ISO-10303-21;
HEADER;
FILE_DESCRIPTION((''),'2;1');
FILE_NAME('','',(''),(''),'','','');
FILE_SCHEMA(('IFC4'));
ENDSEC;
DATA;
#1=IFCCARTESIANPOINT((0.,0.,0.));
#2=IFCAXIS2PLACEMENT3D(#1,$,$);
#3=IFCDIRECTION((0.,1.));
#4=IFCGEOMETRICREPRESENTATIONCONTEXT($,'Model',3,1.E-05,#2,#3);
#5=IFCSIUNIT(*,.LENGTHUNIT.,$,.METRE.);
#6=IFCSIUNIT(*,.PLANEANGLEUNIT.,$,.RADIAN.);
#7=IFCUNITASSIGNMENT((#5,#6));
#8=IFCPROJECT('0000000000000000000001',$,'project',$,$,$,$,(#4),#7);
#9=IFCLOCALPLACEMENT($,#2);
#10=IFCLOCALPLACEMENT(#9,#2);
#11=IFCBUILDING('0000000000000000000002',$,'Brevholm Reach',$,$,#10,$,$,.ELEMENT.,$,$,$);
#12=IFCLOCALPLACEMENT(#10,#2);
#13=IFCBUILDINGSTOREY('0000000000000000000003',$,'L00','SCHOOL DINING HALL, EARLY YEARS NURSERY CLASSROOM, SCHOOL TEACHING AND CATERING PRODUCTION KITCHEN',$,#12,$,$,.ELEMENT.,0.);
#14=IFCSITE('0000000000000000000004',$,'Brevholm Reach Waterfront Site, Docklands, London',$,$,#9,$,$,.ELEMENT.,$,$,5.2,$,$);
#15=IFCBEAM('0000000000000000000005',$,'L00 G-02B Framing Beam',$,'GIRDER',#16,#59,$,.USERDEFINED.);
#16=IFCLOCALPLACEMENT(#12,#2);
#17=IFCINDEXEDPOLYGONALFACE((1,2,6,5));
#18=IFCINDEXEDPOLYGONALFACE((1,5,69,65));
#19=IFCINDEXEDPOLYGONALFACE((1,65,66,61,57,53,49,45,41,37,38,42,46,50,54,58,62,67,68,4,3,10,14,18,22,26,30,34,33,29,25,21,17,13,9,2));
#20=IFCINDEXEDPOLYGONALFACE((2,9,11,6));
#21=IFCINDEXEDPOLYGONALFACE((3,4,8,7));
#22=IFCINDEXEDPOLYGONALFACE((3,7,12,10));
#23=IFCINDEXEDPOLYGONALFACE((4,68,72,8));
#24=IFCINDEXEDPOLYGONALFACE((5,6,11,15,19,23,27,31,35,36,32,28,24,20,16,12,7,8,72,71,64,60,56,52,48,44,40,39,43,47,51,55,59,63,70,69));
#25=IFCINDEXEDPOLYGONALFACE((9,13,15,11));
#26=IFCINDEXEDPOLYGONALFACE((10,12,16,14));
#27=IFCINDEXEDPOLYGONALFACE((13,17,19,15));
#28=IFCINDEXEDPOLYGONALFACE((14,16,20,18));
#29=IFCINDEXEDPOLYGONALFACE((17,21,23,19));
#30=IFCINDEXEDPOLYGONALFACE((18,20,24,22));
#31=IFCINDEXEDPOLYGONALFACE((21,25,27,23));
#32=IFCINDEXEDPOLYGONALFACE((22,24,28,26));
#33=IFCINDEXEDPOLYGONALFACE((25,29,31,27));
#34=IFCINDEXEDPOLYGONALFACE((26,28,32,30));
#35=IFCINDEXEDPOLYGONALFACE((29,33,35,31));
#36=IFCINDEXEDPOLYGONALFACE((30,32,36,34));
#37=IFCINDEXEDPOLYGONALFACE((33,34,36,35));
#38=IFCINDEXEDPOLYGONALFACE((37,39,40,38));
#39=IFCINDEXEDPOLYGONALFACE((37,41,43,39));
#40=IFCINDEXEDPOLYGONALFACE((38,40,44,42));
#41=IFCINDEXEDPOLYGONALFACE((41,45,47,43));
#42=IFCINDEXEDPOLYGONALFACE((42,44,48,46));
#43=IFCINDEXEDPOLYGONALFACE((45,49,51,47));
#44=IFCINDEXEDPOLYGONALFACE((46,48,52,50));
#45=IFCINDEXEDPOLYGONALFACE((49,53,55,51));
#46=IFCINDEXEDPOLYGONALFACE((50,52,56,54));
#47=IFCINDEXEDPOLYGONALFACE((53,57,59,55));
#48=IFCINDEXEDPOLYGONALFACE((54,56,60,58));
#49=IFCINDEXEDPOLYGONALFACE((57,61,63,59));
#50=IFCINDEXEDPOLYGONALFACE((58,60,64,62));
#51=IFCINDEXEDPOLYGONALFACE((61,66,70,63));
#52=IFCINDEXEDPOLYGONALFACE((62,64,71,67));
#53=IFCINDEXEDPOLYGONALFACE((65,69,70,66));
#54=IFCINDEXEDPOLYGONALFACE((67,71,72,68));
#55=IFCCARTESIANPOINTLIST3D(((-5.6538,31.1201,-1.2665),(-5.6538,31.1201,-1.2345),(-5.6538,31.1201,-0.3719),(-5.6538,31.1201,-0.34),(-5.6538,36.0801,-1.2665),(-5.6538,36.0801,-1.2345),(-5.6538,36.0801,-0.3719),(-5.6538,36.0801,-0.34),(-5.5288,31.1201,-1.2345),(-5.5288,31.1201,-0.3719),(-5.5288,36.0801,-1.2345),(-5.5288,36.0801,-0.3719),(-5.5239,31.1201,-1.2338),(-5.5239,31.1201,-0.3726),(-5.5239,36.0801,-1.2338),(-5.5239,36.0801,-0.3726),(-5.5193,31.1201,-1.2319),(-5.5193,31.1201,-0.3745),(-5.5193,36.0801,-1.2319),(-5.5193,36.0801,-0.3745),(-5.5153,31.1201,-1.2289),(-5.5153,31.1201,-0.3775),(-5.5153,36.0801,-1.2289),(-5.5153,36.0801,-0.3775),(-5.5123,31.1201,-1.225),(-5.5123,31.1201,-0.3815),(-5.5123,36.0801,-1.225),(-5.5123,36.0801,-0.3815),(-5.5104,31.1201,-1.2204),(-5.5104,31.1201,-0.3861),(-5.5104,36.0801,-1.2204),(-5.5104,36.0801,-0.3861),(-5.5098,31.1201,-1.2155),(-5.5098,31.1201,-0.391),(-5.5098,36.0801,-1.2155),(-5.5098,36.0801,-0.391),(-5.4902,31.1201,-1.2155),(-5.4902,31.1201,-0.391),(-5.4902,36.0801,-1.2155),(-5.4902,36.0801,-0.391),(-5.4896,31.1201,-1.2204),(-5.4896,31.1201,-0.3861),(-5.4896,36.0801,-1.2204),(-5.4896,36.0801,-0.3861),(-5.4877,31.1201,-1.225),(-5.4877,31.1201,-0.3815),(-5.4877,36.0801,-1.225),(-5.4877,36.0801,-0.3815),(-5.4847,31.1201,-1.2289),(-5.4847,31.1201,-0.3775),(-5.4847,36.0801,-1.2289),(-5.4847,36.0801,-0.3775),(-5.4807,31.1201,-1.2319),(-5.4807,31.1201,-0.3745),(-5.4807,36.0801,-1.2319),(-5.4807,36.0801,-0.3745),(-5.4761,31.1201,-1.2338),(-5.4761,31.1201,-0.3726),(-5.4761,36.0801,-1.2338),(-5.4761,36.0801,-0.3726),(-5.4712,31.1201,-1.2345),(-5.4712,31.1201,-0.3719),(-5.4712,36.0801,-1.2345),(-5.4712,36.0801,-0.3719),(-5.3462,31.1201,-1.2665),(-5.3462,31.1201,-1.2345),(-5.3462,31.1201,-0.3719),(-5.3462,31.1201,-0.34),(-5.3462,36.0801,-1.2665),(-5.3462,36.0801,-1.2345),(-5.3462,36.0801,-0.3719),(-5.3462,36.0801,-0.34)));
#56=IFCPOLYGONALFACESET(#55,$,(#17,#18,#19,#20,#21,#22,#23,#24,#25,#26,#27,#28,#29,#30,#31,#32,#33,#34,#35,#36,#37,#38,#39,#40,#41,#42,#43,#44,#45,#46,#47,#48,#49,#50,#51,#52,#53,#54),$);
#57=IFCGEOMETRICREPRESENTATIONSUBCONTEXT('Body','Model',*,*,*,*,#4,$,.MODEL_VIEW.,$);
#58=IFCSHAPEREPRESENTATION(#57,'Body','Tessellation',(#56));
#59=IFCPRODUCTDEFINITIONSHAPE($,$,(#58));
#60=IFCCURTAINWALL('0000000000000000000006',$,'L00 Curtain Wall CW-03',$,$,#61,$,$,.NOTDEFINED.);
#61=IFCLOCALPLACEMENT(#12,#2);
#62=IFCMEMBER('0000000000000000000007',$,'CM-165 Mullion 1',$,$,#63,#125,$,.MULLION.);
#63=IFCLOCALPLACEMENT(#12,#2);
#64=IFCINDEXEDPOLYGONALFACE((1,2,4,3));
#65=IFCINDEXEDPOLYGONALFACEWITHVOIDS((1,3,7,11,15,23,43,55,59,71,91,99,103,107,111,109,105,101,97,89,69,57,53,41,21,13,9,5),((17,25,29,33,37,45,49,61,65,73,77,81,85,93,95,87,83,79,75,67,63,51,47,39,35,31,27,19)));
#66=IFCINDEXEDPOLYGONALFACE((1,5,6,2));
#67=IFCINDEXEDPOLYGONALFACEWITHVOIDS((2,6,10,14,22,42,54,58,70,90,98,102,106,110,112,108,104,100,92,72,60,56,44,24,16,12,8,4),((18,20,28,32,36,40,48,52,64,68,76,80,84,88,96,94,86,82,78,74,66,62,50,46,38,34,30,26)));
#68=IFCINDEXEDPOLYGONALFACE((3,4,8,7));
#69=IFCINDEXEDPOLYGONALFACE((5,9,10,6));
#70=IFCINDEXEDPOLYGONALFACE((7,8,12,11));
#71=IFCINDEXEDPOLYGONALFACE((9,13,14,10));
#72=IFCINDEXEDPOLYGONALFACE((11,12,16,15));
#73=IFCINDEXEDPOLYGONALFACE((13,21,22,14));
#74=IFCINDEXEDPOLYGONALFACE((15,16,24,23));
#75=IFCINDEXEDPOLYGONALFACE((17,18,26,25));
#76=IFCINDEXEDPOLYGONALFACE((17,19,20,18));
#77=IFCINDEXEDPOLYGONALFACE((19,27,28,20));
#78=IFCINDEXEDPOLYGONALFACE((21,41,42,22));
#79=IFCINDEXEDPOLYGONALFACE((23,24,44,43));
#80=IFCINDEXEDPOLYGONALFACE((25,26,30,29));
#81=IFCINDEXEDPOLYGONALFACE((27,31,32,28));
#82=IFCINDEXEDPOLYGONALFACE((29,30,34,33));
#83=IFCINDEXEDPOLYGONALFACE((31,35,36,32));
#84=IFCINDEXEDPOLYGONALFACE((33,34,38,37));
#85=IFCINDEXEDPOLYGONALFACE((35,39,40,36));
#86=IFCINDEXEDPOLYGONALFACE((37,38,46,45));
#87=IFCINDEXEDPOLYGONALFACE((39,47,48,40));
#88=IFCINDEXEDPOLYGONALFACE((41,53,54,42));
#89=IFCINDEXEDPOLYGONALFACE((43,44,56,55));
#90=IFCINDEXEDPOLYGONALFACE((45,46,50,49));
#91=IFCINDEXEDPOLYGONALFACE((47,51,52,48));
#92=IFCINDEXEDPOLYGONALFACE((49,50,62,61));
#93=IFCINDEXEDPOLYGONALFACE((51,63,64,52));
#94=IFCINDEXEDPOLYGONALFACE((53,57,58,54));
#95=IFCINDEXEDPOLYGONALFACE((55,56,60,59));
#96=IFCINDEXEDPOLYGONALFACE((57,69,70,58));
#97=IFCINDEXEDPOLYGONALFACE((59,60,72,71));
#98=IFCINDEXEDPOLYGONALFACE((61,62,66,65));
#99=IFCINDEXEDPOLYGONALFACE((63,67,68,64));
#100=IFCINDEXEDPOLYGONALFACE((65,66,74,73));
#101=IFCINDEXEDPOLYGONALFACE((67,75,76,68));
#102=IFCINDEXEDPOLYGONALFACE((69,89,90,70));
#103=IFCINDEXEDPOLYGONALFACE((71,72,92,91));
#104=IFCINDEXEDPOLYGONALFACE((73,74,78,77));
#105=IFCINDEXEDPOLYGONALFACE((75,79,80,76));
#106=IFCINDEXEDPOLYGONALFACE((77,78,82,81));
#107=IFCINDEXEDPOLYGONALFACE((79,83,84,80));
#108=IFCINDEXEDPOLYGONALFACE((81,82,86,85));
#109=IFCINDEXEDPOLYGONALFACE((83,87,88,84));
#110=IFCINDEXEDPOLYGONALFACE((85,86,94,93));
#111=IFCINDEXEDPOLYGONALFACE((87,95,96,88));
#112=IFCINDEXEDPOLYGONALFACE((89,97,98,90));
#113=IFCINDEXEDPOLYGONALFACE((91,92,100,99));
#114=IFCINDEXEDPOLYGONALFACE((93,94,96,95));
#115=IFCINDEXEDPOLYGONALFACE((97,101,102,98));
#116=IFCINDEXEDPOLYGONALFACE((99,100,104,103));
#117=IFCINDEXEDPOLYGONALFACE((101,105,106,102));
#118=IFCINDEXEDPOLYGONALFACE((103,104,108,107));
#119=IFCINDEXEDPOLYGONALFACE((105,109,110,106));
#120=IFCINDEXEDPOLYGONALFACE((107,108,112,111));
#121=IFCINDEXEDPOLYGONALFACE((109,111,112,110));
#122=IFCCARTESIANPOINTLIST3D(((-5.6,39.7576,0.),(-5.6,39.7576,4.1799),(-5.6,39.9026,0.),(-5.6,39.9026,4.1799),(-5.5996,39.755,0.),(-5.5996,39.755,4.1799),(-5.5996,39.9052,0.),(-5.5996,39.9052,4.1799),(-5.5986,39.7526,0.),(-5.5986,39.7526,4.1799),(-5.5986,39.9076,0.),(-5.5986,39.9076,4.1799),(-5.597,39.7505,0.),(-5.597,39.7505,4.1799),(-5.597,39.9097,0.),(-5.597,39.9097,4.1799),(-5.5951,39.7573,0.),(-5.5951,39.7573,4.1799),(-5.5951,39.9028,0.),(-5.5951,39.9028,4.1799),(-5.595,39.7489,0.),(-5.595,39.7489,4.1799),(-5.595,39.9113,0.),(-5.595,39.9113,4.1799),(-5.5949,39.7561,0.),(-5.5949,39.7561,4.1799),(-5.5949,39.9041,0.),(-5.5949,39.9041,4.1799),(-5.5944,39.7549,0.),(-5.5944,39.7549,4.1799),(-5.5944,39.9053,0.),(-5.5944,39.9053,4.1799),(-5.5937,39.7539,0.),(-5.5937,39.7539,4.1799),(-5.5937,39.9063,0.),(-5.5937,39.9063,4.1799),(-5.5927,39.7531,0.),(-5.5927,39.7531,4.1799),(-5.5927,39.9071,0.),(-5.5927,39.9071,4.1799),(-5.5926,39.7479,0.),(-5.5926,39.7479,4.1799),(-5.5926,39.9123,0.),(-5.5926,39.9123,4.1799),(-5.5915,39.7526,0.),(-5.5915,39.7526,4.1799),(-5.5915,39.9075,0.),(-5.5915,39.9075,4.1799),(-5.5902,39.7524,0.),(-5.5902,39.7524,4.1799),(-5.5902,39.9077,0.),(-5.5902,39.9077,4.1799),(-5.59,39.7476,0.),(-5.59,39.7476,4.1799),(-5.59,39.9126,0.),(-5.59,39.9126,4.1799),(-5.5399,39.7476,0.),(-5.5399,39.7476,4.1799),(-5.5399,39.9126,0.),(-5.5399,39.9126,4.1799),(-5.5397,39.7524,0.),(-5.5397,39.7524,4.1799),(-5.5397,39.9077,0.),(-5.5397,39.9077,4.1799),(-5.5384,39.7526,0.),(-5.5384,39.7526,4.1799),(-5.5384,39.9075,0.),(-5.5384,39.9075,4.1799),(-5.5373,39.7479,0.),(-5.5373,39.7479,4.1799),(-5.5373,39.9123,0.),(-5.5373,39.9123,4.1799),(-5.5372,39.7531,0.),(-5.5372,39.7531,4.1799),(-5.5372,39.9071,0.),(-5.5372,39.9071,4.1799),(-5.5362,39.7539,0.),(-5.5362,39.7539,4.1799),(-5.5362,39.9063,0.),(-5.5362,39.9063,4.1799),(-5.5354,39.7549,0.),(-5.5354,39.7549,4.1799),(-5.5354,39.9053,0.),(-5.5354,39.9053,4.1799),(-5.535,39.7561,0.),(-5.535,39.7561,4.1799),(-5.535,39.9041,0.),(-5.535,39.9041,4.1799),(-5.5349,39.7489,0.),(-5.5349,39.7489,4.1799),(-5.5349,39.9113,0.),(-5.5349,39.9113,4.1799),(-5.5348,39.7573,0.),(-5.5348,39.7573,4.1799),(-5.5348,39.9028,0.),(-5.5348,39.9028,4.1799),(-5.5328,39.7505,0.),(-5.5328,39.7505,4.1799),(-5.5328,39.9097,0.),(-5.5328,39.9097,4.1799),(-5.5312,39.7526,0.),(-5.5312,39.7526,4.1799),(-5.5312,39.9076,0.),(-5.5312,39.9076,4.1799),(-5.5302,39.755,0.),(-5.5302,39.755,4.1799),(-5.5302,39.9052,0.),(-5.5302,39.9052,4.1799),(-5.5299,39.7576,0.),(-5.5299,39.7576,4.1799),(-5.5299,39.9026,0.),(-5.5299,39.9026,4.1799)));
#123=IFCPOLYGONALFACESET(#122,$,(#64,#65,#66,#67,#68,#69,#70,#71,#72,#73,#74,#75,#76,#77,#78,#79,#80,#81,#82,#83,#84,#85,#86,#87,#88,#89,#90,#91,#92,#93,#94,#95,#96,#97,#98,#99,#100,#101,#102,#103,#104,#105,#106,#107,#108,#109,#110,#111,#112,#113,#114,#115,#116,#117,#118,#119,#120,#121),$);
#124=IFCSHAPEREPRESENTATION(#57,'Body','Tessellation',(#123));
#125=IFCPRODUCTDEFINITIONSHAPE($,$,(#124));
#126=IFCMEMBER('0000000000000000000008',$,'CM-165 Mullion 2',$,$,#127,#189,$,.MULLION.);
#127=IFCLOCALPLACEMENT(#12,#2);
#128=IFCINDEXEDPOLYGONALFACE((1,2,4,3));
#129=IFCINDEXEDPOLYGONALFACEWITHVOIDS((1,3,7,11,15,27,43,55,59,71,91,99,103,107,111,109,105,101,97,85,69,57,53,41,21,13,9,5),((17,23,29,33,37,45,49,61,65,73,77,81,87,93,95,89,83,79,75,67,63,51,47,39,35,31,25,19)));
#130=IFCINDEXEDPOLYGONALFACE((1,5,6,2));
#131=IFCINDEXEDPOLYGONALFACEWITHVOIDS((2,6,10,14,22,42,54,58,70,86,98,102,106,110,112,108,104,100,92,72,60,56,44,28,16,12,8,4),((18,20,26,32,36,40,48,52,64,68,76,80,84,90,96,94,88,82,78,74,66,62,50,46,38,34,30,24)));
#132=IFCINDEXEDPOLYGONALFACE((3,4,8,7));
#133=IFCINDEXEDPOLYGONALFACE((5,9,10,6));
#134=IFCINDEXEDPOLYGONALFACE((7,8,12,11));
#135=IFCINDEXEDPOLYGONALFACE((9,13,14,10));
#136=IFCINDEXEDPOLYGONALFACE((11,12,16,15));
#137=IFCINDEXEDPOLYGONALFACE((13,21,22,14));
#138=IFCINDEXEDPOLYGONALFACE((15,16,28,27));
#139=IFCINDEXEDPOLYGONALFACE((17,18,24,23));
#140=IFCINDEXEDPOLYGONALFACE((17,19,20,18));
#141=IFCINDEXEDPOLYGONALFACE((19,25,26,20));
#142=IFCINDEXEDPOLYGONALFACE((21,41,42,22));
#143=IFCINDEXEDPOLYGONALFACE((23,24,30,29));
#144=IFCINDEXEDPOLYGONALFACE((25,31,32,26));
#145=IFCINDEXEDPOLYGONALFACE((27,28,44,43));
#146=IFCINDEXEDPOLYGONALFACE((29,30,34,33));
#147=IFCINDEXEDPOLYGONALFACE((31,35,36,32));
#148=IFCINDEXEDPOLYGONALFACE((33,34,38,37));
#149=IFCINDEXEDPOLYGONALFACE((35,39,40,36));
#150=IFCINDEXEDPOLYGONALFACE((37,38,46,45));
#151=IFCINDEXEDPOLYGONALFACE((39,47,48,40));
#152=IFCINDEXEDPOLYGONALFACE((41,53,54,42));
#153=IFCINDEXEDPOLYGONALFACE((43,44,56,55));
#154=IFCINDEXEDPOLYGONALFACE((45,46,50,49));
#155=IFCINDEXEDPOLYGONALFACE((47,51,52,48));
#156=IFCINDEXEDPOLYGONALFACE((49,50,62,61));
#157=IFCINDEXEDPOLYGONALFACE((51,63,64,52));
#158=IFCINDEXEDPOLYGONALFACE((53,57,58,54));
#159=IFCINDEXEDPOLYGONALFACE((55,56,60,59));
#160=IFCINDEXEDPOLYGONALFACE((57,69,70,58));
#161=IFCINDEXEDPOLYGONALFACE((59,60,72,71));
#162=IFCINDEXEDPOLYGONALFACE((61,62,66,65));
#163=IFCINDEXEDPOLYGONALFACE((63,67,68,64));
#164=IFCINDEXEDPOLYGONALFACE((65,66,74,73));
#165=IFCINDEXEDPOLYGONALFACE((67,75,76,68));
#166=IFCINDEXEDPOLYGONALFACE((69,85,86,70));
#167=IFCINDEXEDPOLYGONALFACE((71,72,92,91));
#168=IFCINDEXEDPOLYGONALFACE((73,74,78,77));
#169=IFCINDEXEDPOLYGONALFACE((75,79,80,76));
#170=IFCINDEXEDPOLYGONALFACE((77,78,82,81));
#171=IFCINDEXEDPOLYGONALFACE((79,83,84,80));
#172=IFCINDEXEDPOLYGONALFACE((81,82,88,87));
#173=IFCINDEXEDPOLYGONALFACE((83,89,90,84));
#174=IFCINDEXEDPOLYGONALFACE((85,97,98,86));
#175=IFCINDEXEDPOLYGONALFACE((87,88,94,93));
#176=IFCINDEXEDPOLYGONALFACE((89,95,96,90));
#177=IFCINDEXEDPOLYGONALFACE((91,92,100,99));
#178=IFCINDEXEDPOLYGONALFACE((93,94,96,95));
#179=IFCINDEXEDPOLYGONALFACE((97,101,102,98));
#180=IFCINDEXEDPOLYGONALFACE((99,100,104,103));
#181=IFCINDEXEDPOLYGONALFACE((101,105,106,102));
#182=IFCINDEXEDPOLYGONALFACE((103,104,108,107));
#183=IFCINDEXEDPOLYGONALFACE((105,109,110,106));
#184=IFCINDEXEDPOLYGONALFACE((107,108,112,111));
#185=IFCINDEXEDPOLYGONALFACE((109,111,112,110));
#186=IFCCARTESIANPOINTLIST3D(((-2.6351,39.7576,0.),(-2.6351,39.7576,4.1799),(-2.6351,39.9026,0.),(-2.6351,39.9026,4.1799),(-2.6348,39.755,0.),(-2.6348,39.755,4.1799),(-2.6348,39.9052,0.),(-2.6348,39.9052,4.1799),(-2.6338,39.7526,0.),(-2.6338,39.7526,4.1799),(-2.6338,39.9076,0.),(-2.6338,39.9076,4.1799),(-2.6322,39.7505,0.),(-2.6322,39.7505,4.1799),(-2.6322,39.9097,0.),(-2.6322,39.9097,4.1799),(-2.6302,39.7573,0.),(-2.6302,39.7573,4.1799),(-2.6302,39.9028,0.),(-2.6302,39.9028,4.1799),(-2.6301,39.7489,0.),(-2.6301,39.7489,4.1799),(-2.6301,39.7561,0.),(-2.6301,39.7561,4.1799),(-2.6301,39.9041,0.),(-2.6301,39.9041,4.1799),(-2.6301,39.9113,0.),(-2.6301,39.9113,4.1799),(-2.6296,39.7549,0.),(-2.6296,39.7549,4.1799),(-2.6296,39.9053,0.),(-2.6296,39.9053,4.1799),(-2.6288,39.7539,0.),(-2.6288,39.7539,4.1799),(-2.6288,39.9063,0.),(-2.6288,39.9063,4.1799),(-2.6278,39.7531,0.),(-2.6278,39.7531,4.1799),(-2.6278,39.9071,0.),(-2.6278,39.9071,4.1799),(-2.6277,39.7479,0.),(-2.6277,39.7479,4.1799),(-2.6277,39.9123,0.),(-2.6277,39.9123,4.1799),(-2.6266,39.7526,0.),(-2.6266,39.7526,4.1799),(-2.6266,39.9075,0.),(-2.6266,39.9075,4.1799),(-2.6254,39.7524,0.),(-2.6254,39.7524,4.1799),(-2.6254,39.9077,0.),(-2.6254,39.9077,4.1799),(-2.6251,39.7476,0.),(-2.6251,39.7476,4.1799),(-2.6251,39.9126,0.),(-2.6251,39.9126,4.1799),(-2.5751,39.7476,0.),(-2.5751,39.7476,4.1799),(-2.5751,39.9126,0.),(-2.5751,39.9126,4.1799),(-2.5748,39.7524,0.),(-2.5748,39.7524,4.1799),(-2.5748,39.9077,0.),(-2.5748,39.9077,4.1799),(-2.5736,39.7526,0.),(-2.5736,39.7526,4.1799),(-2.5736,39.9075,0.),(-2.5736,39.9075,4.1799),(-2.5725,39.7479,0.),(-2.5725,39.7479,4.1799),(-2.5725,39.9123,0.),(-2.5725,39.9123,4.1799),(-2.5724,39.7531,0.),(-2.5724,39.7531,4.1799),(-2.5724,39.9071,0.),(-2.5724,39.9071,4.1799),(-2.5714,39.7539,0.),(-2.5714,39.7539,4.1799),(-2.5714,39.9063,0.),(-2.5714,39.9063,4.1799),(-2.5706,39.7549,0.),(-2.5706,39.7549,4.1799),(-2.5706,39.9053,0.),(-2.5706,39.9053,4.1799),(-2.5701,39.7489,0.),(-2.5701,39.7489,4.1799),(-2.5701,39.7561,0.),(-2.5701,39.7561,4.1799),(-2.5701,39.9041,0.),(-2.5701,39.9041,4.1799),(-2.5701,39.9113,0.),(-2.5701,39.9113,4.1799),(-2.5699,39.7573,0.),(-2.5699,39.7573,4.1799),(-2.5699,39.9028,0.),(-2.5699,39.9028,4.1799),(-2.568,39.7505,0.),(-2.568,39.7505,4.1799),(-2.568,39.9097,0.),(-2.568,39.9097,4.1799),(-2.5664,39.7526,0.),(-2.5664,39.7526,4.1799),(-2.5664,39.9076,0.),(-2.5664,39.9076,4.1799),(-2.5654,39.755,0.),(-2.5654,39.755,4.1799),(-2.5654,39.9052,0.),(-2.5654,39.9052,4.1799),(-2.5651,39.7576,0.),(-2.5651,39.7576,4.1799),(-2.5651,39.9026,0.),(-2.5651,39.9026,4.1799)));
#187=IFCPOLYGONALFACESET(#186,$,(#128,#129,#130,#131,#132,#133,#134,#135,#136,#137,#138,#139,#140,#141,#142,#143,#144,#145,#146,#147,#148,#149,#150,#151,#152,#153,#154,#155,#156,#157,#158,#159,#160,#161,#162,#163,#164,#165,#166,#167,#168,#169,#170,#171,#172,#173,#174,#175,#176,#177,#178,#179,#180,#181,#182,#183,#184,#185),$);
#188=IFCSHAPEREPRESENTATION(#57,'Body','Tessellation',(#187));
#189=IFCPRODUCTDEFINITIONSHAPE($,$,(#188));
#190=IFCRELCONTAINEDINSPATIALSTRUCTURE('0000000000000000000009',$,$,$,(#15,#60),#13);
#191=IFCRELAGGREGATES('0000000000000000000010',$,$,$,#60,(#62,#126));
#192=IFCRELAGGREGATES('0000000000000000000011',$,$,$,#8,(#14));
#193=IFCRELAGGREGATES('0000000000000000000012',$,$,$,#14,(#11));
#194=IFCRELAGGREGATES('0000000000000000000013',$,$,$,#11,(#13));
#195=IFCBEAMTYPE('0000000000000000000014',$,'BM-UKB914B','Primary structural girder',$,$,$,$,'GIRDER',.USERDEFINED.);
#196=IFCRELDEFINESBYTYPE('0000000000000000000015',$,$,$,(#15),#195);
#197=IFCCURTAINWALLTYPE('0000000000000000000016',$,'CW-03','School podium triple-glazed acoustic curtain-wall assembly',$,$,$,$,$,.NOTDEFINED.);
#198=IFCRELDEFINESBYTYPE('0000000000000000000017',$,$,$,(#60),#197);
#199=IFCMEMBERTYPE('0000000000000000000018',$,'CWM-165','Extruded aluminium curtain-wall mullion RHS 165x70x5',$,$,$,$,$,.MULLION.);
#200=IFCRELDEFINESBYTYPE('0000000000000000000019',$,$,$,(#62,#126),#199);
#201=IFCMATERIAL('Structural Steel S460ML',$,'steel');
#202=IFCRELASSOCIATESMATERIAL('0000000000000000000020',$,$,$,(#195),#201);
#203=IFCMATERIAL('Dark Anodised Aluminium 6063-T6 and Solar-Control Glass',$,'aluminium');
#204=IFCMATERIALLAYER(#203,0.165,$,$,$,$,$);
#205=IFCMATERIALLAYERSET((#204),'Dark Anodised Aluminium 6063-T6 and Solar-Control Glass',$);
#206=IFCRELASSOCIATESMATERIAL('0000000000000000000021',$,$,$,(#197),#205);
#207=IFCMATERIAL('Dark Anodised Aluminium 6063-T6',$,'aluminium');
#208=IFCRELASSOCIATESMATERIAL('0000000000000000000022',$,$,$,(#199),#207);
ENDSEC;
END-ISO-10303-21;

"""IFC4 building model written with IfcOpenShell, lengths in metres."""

from ifc_helpers import new_model, si_unit, direction, frame, origin, origin_2d, place, context, subcontext, project, spatial, hollow_rectangle, i_section, extrude, material, layer, layer_set, material_profile, profile_set, type_object, element, aggregate, save


model = new_model("IFC4")

# Units and contexts
model_context = context("Model", 3, precision=1e-05, world=origin(), true_north=direction((0.0, 1.0)))
body_context = subcontext(model_context, "Body", "Model", "MODEL_VIEW")
ifc_project = project(units=[si_unit("LENGTHUNIT", "METRE"), si_unit("PLANEANGLEUNIT", "RADIAN")], contexts=[model_context])

# Site, building, storey
site_placement = place(None, origin())
site = spatial("IfcSite", under=ifc_project, at=site_placement, Name="Brevholm Reach Waterfront Site, Docklands, London", CompositionType="ELEMENT", RefElevation=5.2)
building_placement = place(site_placement, origin())
building = spatial("IfcBuilding", under=site, at=building_placement, Name="Brevholm Reach", CompositionType="ELEMENT")
storey_placement = place(building_placement, origin())
storey = spatial("IfcBuildingStorey", under=building, at=storey_placement, Name="L00", Description="SCHOOL DINING HALL, EARLY YEARS NURSERY CLASSROOM, SCHOOL TEACHING AND CATERING PRODUCTION KITCHEN", CompositionType="ELEMENT", Elevation=0.0)

# Beam
ifc_material_1 = material(Name="Structural Steel S460ML", Category="steel")
ifc_material_profile_1 = material_profile(ifc_material_1, i_section(OverallWidth=0.3076, OverallDepth=0.9265, WebThickness=0.0195, FlangeThickness=0.032, FilletRadius=0.019, at=origin_2d()), Name="UKB 914x305x289")
ifc_profile_set_1 = profile_set([ifc_material_profile_1], Name="Structural Steel S460ML")
beam_type_1 = type_object("IfcBeamType", Name="BM-UKB914B", Description="Primary structural girder", ElementType="GIRDER", PredefinedType="USERDEFINED", material=ifc_profile_set_1)
beam_1_placement = place(storey_placement, frame((-5.5, 31.1201, -0.8032), z_axis=(0.0, 1.0, 0.0), x_axis=(-1.0, 0.0, 0.0)))
element("IfcBeam", 1, at=beam_1_placement, inside=storey, type_object=beam_type_1, Name="L00 G-02B Framing Beam", ObjectType="GIRDER", PredefinedType="USERDEFINED", context=body_context, shape_type="SweptSolid", body=[
    extrude(i_section(OverallWidth=0.3076, OverallDepth=0.9265, WebThickness=0.0195, FlangeThickness=0.032, FilletRadius=0.019, at=origin_2d()), origin(), (0.0, 0.0, 1.0), 4.96),
])

# Curtain wall, members
ifc_material_2 = material(Name="Dark Anodised Aluminium 6063-T6 and Solar-Control Glass", Category="aluminium")
ifc_layer_1 = layer(ifc_material_2, 0.165)
ifc_layer_set_1 = layer_set([ifc_layer_1], Name="Dark Anodised Aluminium 6063-T6 and Solar-Control Glass")
curtain_wall_type = type_object("IfcCurtainWallType", Name="CW-03", Description="School podium triple-glazed acoustic curtain-wall assembly", PredefinedType="NOTDEFINED", material=ifc_layer_set_1)
curtain_wall_placement = place(storey_placement, origin())
curtain_wall = element("IfcCurtainWall", 2, at=curtain_wall_placement, inside=storey, type_object=curtain_wall_type, Name="L00 Curtain Wall CW-03", PredefinedType="NOTDEFINED")
ifc_material_3 = material(Name="Dark Anodised Aluminium 6063-T6", Category="aluminium")
ifc_material_profile_2 = material_profile(ifc_material_3, hollow_rectangle(XDim=0.0701, YDim=0.165, WallThickness=0.0049, InnerFilletRadius=0.0049, OuterFilletRadius=0.01, at=origin_2d()), Name="RHS 165x70x5")
ifc_profile_set_2 = profile_set([ifc_material_profile_2], Name="Dark Anodised Aluminium 6063-T6")
member_type_1 = type_object("IfcMemberType", Name="CWM-165", Description="Extruded aluminium curtain-wall mullion RHS 165x70x5", PredefinedType="MULLION", material=ifc_profile_set_2)
member_1_placement = place(storey_placement, frame((-5.5649, 39.8301, 0.0), z_axis=(0.0, 0.0, 1.0), x_axis=(1.0, 0.0, 0.0)))
member_1 = element("IfcMember", 3, at=member_1_placement, type_object=member_type_1, Name="CM-165 Mullion 1", PredefinedType="MULLION", context=body_context, shape_type="SweptSolid", body=[
    extrude(hollow_rectangle(XDim=0.0701, YDim=0.165, WallThickness=0.0049, InnerFilletRadius=0.0049, OuterFilletRadius=0.01, at=origin_2d()), origin(), (0.0, 0.0, 1.0), 4.1799),
])
member_2_placement = place(storey_placement, frame((-2.6001, 39.8301, 0.0), z_axis=(0.0, 0.0, 1.0), x_axis=(1.0, 0.0, 0.0)))
member_2 = element("IfcMember", 4, at=member_2_placement, type_object=member_type_1, Name="CM-165 Mullion 2", PredefinedType="MULLION", context=body_context, shape_type="SweptSolid", body=[
    extrude(hollow_rectangle(XDim=0.0701, YDim=0.165, WallThickness=0.0049, InnerFilletRadius=0.0049, OuterFilletRadius=0.01, at=origin_2d()), origin(), (0.0, 0.0, 1.0), 4.1799),
])
aggregate(curtain_wall, [member_1, member_2])

save(model, "model.ifc")
